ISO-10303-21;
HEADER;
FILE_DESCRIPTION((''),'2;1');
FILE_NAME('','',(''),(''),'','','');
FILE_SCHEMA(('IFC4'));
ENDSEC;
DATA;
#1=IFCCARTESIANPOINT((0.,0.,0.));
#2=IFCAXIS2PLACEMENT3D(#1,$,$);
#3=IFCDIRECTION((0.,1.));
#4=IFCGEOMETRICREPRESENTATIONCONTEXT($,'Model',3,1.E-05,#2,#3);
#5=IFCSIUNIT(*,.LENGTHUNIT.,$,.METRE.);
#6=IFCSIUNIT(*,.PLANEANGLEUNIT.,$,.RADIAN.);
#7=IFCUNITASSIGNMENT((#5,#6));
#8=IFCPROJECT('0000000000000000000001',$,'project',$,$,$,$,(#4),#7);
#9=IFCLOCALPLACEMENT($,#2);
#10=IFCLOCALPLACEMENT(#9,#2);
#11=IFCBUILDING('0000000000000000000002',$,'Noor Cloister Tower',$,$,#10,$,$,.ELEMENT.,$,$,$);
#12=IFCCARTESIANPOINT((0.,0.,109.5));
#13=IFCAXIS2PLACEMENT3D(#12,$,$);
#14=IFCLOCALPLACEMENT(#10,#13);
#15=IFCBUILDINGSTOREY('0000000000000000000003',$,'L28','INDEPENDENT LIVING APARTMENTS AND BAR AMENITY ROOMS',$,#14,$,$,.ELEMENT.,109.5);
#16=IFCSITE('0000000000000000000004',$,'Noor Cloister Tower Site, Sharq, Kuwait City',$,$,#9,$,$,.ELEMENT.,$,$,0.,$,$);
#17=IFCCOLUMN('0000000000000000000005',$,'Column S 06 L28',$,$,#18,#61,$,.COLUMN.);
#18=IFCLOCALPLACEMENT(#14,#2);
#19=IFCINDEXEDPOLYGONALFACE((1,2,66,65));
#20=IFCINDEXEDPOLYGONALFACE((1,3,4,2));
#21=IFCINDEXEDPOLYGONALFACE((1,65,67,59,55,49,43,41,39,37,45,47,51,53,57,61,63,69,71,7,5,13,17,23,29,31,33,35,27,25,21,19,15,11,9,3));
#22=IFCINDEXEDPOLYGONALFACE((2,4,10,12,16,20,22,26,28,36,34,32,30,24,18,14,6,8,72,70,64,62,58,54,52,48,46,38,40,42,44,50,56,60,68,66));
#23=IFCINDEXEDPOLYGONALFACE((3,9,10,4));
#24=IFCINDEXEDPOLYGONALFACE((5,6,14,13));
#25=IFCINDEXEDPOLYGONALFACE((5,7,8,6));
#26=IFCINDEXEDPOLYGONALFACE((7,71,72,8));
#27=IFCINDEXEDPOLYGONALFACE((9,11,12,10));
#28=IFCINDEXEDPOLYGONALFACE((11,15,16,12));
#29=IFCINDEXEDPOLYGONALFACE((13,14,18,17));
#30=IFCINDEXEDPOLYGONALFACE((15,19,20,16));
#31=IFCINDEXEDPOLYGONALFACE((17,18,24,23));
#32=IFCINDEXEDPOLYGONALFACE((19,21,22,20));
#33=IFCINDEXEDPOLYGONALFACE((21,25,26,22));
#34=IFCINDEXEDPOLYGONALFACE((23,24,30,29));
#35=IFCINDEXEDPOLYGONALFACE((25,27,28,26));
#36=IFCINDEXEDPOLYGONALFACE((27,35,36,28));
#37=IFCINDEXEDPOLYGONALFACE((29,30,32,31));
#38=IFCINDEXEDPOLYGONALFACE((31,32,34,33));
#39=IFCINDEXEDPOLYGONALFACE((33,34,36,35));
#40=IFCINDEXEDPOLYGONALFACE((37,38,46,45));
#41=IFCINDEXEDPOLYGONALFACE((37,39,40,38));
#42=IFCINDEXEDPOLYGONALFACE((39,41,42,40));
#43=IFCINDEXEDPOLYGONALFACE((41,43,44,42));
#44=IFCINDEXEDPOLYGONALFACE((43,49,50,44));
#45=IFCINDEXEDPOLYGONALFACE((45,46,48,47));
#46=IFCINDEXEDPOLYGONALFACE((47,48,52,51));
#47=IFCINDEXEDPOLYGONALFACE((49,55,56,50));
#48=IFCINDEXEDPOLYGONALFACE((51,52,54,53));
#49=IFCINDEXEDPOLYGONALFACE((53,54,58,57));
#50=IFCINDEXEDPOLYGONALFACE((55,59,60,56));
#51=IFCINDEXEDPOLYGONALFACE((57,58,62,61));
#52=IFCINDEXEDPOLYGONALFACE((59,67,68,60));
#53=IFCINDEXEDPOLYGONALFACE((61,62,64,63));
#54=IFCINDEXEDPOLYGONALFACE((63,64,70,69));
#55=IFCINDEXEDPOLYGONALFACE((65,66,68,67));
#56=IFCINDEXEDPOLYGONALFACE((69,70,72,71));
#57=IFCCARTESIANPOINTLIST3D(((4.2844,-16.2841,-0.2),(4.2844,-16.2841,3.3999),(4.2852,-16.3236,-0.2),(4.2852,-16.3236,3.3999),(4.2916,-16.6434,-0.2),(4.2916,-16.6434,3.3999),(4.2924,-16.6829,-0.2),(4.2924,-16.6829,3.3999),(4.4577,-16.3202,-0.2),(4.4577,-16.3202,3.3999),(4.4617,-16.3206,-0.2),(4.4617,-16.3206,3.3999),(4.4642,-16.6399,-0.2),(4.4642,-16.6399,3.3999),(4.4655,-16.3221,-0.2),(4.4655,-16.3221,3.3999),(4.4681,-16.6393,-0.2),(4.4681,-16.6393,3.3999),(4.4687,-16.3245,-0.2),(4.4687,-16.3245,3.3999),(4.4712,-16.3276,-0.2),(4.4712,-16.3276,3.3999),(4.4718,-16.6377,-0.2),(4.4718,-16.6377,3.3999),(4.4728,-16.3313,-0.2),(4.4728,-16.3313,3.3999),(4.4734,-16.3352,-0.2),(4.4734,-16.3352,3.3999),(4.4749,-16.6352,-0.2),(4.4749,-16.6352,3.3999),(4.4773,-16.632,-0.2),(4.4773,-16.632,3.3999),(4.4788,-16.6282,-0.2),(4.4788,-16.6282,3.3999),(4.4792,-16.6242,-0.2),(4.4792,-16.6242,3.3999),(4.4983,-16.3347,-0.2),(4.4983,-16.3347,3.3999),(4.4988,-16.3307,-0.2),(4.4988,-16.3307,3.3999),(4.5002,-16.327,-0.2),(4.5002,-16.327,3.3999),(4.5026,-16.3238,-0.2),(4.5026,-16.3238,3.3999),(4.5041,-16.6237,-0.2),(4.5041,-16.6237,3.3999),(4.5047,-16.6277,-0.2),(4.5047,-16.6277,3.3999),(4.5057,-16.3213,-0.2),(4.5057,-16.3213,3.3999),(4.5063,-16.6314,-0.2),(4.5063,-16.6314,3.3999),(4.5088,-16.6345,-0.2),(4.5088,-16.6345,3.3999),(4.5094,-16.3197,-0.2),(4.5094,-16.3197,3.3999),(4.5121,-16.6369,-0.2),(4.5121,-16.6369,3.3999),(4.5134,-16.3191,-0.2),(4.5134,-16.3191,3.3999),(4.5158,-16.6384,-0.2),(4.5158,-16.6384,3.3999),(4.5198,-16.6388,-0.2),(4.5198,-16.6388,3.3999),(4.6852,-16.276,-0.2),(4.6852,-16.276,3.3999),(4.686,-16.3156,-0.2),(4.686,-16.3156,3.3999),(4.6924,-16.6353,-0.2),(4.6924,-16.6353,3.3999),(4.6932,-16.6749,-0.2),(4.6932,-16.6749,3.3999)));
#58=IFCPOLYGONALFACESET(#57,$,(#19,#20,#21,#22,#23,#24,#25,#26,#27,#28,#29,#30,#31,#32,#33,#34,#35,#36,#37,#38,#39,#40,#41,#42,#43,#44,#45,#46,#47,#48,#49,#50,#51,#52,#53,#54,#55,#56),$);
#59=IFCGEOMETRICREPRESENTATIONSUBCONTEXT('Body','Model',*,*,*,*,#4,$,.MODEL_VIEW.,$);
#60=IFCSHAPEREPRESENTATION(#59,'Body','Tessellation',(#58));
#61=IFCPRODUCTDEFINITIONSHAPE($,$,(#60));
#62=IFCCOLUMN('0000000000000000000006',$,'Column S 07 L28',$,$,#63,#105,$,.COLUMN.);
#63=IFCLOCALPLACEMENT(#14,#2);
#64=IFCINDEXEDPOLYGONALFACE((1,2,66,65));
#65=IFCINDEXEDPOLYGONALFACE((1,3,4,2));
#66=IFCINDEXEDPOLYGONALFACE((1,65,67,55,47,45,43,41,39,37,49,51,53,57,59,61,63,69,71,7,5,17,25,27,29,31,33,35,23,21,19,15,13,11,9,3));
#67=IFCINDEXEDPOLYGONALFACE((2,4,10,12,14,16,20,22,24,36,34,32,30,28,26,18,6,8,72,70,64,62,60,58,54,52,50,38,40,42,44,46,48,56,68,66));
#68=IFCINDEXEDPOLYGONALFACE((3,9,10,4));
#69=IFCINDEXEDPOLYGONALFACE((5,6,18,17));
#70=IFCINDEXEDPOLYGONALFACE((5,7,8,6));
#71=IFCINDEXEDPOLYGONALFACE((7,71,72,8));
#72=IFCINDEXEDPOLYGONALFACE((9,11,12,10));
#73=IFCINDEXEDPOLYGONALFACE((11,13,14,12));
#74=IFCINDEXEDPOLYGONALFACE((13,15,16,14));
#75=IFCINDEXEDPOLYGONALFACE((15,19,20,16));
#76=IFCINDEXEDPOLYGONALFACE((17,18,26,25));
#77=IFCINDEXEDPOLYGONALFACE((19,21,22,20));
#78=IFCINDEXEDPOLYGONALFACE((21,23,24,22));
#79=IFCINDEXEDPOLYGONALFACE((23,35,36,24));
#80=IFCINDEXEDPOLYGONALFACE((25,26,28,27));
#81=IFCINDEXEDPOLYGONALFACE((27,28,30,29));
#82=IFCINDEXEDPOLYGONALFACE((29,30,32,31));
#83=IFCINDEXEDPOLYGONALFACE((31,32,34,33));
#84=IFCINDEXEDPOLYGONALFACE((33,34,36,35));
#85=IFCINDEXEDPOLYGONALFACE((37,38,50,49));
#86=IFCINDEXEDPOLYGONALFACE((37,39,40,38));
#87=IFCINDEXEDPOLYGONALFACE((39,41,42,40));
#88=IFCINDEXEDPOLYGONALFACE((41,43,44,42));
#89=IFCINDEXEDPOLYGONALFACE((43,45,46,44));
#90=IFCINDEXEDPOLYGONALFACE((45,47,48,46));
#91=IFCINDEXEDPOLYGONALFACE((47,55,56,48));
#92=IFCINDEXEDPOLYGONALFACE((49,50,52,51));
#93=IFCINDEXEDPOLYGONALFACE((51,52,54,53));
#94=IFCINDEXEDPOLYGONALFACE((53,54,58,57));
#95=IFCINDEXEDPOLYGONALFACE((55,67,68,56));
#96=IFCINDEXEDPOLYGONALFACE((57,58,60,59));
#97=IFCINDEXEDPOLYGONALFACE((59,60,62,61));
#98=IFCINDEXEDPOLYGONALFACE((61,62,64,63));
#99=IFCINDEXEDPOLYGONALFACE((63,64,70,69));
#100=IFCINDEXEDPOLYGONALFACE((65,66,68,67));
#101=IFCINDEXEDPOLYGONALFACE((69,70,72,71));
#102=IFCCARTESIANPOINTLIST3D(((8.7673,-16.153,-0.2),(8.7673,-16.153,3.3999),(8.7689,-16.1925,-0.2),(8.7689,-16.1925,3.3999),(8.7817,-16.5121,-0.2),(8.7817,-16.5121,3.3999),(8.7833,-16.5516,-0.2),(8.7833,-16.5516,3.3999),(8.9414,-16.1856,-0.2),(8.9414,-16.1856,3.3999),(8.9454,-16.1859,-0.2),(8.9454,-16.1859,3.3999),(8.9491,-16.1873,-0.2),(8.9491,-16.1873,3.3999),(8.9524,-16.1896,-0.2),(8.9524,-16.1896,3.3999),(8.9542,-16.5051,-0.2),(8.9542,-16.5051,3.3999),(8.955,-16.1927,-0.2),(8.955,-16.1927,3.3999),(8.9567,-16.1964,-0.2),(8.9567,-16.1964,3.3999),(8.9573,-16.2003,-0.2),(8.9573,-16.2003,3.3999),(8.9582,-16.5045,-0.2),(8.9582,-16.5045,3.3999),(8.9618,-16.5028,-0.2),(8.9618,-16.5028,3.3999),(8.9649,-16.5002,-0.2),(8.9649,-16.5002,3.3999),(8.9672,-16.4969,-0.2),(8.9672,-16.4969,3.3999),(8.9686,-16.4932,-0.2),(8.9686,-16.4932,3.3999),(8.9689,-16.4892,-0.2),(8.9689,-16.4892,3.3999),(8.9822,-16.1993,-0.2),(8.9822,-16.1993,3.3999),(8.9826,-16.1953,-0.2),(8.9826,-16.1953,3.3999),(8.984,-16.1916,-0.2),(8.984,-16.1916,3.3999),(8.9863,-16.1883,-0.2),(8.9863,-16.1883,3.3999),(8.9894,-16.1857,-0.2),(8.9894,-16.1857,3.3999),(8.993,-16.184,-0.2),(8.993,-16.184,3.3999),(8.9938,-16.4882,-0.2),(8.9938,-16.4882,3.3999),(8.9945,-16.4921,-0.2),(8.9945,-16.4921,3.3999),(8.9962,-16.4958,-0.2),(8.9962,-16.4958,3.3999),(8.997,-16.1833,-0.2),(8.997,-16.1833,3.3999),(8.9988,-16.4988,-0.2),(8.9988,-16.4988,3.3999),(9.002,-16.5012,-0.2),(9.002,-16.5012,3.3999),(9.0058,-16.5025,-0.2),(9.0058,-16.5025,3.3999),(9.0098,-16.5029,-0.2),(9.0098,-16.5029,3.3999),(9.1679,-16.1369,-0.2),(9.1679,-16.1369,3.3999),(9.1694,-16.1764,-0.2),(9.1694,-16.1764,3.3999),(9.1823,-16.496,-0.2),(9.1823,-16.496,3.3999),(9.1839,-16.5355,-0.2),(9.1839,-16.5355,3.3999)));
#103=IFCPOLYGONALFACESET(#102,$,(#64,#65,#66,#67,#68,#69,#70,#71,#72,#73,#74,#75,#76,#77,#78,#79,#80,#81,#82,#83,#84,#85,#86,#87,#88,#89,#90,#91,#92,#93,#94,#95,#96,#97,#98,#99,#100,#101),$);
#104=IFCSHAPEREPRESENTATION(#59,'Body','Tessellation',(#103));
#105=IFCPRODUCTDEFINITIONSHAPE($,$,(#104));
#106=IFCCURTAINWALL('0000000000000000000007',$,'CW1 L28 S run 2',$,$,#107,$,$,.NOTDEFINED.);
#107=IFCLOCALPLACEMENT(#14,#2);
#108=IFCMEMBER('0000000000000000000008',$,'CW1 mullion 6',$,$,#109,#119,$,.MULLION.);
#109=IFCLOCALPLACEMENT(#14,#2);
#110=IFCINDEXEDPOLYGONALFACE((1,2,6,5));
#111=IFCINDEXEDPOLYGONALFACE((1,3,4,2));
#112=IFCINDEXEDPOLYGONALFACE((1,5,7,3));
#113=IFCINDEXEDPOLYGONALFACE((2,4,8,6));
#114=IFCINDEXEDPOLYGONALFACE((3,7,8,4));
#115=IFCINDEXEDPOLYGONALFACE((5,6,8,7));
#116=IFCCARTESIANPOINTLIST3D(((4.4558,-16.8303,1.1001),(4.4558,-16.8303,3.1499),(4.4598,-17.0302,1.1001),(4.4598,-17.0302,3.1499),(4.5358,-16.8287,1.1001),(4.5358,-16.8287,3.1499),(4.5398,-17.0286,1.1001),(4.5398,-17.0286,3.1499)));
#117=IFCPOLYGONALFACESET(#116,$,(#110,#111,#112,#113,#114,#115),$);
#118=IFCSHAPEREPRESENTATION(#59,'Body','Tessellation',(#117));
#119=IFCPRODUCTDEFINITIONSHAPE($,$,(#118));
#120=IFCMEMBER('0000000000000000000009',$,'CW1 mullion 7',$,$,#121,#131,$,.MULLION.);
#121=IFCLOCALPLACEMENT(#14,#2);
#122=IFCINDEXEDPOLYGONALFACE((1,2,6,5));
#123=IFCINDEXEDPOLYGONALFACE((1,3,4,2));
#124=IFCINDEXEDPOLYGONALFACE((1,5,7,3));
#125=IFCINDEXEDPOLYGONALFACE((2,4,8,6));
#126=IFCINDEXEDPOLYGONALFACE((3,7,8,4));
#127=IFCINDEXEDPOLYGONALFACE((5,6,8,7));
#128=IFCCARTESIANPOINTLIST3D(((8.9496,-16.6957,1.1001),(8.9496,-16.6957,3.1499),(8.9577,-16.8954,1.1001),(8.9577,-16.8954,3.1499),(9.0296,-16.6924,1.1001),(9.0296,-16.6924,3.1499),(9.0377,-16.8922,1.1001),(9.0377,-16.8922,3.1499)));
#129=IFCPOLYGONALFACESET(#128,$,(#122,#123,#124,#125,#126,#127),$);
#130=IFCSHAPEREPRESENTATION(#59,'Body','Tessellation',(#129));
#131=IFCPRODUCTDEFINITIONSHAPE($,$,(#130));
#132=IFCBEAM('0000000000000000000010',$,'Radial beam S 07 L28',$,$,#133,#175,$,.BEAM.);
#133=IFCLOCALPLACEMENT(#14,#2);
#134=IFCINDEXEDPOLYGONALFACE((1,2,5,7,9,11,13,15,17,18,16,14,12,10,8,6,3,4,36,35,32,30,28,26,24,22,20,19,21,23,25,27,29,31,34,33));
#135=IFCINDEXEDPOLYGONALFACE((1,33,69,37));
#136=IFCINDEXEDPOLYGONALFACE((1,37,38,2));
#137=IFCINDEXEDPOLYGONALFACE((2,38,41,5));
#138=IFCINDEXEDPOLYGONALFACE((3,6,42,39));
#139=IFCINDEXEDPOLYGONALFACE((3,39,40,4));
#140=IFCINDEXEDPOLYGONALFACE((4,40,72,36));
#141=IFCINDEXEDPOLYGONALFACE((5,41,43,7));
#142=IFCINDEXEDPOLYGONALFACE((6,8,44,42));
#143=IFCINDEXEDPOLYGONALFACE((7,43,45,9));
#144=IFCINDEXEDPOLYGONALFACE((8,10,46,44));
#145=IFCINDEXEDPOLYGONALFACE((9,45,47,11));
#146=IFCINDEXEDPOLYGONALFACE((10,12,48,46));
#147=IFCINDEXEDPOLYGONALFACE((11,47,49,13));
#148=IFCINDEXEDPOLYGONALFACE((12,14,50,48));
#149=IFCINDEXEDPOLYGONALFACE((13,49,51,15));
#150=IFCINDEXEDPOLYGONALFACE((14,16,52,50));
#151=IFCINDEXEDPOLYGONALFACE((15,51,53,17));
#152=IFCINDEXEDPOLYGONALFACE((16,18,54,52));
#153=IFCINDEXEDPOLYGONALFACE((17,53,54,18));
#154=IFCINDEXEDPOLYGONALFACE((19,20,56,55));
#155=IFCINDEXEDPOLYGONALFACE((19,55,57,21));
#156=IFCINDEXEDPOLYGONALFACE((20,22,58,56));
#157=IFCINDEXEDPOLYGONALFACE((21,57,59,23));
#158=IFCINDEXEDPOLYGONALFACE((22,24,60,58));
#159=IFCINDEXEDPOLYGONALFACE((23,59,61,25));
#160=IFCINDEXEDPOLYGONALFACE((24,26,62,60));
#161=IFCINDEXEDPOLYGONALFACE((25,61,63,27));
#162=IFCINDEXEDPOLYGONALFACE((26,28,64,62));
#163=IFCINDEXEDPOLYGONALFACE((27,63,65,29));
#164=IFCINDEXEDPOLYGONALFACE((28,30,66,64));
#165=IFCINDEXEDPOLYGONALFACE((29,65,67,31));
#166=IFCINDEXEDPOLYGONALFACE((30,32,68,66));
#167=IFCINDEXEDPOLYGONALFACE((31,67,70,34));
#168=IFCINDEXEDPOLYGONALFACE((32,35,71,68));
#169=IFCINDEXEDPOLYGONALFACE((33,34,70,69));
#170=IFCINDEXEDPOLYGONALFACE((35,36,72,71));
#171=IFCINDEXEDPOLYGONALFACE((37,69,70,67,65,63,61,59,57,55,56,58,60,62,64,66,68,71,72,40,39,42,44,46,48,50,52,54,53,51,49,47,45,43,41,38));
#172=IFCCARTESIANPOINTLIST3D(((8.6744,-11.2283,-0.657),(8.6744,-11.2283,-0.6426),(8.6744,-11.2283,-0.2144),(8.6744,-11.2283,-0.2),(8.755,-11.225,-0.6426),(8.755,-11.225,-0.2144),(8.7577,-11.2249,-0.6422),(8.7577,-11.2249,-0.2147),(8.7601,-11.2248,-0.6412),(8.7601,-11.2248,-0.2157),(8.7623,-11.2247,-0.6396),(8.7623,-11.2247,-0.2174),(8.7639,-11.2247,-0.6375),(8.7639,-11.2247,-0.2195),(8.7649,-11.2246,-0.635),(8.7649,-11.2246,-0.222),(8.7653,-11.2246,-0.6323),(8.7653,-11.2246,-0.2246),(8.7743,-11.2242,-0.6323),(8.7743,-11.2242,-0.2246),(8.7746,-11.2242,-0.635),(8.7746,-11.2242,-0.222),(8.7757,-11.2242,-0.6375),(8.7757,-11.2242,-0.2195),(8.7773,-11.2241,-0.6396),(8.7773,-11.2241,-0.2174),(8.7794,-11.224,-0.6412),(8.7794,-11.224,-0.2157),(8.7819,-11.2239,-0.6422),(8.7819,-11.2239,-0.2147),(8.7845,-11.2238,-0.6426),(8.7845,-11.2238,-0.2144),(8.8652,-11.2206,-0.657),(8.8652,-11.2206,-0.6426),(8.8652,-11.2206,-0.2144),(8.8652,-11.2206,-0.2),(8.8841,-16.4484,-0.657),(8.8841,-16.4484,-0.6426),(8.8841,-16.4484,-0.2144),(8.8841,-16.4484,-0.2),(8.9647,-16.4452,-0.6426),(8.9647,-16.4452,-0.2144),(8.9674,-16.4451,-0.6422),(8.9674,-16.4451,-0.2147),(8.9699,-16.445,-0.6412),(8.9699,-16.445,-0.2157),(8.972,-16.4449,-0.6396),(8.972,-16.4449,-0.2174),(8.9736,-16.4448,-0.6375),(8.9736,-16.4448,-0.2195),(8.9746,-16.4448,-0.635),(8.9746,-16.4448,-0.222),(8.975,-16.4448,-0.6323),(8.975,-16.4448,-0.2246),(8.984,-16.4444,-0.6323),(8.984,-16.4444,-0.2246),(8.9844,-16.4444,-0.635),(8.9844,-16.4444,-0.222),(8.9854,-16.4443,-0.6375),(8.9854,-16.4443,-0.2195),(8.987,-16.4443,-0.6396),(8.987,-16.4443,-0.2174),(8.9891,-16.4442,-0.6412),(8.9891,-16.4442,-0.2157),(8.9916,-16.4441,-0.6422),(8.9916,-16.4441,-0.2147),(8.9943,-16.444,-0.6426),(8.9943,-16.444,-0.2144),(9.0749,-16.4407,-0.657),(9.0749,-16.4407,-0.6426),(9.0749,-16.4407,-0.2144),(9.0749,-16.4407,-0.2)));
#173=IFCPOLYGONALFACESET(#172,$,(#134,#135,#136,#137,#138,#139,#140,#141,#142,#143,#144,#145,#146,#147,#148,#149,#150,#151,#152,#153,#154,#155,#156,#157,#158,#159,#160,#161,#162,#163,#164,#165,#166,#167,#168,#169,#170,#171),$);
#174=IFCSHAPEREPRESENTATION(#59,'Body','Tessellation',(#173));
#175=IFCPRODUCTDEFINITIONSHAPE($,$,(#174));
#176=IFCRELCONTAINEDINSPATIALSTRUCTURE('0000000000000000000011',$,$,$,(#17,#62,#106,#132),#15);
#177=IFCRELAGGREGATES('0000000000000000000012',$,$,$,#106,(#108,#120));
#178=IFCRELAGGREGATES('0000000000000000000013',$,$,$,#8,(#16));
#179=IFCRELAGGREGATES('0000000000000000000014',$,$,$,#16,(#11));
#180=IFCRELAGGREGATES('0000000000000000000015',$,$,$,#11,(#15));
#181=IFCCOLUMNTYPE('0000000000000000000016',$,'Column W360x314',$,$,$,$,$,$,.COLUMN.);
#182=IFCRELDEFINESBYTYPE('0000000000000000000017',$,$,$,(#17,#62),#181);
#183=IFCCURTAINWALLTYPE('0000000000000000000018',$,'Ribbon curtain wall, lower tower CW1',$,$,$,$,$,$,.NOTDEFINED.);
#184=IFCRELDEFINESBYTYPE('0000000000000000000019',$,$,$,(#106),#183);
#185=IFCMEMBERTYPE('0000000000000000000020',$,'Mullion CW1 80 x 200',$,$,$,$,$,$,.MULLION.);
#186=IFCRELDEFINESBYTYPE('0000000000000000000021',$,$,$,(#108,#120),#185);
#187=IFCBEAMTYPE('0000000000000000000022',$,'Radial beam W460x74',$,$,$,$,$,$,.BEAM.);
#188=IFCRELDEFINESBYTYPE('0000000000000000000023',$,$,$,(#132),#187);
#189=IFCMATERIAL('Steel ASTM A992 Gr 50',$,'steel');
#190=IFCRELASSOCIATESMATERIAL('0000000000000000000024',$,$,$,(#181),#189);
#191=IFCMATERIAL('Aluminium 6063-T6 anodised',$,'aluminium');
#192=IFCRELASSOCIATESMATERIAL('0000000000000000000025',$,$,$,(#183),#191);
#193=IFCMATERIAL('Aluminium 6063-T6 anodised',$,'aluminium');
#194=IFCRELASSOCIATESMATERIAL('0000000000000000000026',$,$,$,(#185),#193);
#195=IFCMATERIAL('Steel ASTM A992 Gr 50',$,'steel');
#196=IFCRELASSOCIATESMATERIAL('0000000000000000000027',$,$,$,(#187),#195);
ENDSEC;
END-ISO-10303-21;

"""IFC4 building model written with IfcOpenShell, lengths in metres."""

from ifc_helpers import new_model, si_unit, direction, frame, origin, origin_2d, place, context, subcontext, project, spatial, rectangle, i_section, extrude, material, material_profile, profile_set, type_object, element, aggregate, save


model = new_model("IFC4")

# Units and contexts
model_context = context("Model", 3, precision=1e-05, world=origin(), true_north=direction((0.0, 1.0)))
body_context = subcontext(model_context, "Body", "Model", "MODEL_VIEW")
ifc_project = project(units=[si_unit("LENGTHUNIT", "METRE"), si_unit("PLANEANGLEUNIT", "RADIAN")], contexts=[model_context])

# Site, building, storey
site_placement = place(None, origin())
site = spatial("IfcSite", under=ifc_project, at=site_placement, Name="Noor Cloister Tower Site, Sharq, Kuwait City", CompositionType="ELEMENT", RefElevation=0.0)
building_placement = place(site_placement, origin())
building = spatial("IfcBuilding", under=site, at=building_placement, Name="Noor Cloister Tower", CompositionType="ELEMENT")
storey_placement = place(building_placement, frame((0.0, 0.0, 109.5)))
storey = spatial("IfcBuildingStorey", under=building, at=storey_placement, Name="L28", Description="INDEPENDENT LIVING APARTMENTS AND BAR AMENITY ROOMS", CompositionType="ELEMENT", Elevation=109.5)

# Columns
ifc_material_1 = material(Name="Steel ASTM A992 Gr 50", Category="steel")
ifc_material_profile_1 = material_profile(ifc_material_1, i_section(OverallWidth=0.4009, OverallDepth=0.3989, WebThickness=0.0249, FlangeThickness=0.0396, FilletRadius=0.0154, at=origin_2d()), Name="W360x314")
ifc_profile_set_1 = profile_set([ifc_material_profile_1], Name="Steel ASTM A992 Gr 50")
column_type = type_object("IfcColumnType", Name="Column W360x314", PredefinedType="COLUMN", material=ifc_profile_set_1)
for number, where, z_axis, x_axis, name in (
    (1, (4.4888, -16.4795, -0.2), (0.0, 0.0, 1.0), (0.999798, 0.020077, 0.0), "Column S 06 L28"),
    (2, (8.9756, -16.3442, -0.2), (0.0, 0.0, 1.0), (0.999194, 0.040147, 0.0), "Column S 07 L28"),
):
    element("IfcColumn", number, at=place(storey_placement, frame(where, z_axis=z_axis, x_axis=x_axis)), inside=storey, type_object=column_type, Name=name, PredefinedType="COLUMN", context=body_context, shape_type="SweptSolid", body=[
        extrude(i_section(OverallWidth=0.4009, OverallDepth=0.3989, WebThickness=0.0249, FlangeThickness=0.0396, FilletRadius=0.0154, at=origin_2d()), origin(), (0.0, 0.0, 1.0), 3.5999),
    ])

# Curtain wall, members
ifc_material_2 = material(Name="Aluminium 6063-T6 anodised", Category="aluminium")
curtain_wall_type = type_object("IfcCurtainWallType", Name="Ribbon curtain wall, lower tower CW1", PredefinedType="NOTDEFINED", material=ifc_material_2)
curtain_wall_placement = place(storey_placement, origin())
curtain_wall = element("IfcCurtainWall", 3, at=curtain_wall_placement, inside=storey, type_object=curtain_wall_type, Name="CW1 L28 S run 2", PredefinedType="NOTDEFINED")
ifc_material_3 = material(Name="Aluminium 6063-T6 anodised", Category="aluminium")
ifc_material_profile_2 = material_profile(ifc_material_3, rectangle(XDim=0.2, YDim=0.0801, at=origin_2d()), Name="200 x 80 mullion")
ifc_profile_set_2 = profile_set([ifc_material_profile_2], Name="Aluminium 6063-T6 anodised")
member_type = type_object("IfcMemberType", Name="Mullion CW1 80 x 200", PredefinedType="MULLION", material=ifc_profile_set_2)
member_1_placement = place(storey_placement, frame((4.4978, -16.9294, 1.1001), z_axis=(0.0, 0.0, 1.0), x_axis=(-0.020077, 0.999798, 0.0)))
member_1 = element("IfcMember", 4, at=member_1_placement, type_object=member_type, Name="CW1 mullion 6", PredefinedType="MULLION", context=body_context, shape_type="SweptSolid", body=[
    extrude(rectangle(XDim=0.2, YDim=0.0801, at=origin_2d()), origin(), (0.0, 0.0, 1.0), 2.0498),
])
member_2_placement = place(storey_placement, frame((8.9937, -16.7939, 1.1001), z_axis=(0.0, 0.0, 1.0), x_axis=(-0.040147, 0.999194, 0.0)))
member_2 = element("IfcMember", 5, at=member_2_placement, type_object=member_type, Name="CW1 mullion 7", PredefinedType="MULLION", context=body_context, shape_type="SweptSolid", body=[
    extrude(rectangle(XDim=0.2, YDim=0.0801, at=origin_2d()), origin(), (0.0, 0.0, 1.0), 2.0498),
])

# Beam
ifc_material_4 = material(Name="Steel ASTM A992 Gr 50", Category="steel")
ifc_material_profile_3 = material_profile(ifc_material_4, i_section(OverallWidth=0.1909, OverallDepth=0.457, WebThickness=0.009, FlangeThickness=0.0144, FilletRadius=0.0103, at=origin_2d()), Name="W460x74")
ifc_profile_set_3 = profile_set([ifc_material_profile_3], Name="Steel ASTM A992 Gr 50")
beam_type_1 = type_object("IfcBeamType", Name="Radial beam W460x74", PredefinedType="BEAM", material=ifc_profile_set_3)
beam_1_placement = place(storey_placement, frame((8.9795, -16.4446, -0.4285), z_axis=(-0.040142, 0.999194, 0.0), x_axis=(-0.999194, -0.040142, 0.0)))
element("IfcBeam", 6, at=beam_1_placement, inside=storey, type_object=beam_type_1, Name="Radial beam S 07 L28", PredefinedType="BEAM", context=body_context, shape_type="SweptSolid", body=[
    extrude(i_section(OverallWidth=0.1909, OverallDepth=0.457, WebThickness=0.009, FlangeThickness=0.0144, FilletRadius=0.0103, at=origin_2d()), origin(), (0.0, 0.0, 1.0), 5.2244),
])

aggregate(curtain_wall, [member_1, member_2])

save(model, "model.ifc")
